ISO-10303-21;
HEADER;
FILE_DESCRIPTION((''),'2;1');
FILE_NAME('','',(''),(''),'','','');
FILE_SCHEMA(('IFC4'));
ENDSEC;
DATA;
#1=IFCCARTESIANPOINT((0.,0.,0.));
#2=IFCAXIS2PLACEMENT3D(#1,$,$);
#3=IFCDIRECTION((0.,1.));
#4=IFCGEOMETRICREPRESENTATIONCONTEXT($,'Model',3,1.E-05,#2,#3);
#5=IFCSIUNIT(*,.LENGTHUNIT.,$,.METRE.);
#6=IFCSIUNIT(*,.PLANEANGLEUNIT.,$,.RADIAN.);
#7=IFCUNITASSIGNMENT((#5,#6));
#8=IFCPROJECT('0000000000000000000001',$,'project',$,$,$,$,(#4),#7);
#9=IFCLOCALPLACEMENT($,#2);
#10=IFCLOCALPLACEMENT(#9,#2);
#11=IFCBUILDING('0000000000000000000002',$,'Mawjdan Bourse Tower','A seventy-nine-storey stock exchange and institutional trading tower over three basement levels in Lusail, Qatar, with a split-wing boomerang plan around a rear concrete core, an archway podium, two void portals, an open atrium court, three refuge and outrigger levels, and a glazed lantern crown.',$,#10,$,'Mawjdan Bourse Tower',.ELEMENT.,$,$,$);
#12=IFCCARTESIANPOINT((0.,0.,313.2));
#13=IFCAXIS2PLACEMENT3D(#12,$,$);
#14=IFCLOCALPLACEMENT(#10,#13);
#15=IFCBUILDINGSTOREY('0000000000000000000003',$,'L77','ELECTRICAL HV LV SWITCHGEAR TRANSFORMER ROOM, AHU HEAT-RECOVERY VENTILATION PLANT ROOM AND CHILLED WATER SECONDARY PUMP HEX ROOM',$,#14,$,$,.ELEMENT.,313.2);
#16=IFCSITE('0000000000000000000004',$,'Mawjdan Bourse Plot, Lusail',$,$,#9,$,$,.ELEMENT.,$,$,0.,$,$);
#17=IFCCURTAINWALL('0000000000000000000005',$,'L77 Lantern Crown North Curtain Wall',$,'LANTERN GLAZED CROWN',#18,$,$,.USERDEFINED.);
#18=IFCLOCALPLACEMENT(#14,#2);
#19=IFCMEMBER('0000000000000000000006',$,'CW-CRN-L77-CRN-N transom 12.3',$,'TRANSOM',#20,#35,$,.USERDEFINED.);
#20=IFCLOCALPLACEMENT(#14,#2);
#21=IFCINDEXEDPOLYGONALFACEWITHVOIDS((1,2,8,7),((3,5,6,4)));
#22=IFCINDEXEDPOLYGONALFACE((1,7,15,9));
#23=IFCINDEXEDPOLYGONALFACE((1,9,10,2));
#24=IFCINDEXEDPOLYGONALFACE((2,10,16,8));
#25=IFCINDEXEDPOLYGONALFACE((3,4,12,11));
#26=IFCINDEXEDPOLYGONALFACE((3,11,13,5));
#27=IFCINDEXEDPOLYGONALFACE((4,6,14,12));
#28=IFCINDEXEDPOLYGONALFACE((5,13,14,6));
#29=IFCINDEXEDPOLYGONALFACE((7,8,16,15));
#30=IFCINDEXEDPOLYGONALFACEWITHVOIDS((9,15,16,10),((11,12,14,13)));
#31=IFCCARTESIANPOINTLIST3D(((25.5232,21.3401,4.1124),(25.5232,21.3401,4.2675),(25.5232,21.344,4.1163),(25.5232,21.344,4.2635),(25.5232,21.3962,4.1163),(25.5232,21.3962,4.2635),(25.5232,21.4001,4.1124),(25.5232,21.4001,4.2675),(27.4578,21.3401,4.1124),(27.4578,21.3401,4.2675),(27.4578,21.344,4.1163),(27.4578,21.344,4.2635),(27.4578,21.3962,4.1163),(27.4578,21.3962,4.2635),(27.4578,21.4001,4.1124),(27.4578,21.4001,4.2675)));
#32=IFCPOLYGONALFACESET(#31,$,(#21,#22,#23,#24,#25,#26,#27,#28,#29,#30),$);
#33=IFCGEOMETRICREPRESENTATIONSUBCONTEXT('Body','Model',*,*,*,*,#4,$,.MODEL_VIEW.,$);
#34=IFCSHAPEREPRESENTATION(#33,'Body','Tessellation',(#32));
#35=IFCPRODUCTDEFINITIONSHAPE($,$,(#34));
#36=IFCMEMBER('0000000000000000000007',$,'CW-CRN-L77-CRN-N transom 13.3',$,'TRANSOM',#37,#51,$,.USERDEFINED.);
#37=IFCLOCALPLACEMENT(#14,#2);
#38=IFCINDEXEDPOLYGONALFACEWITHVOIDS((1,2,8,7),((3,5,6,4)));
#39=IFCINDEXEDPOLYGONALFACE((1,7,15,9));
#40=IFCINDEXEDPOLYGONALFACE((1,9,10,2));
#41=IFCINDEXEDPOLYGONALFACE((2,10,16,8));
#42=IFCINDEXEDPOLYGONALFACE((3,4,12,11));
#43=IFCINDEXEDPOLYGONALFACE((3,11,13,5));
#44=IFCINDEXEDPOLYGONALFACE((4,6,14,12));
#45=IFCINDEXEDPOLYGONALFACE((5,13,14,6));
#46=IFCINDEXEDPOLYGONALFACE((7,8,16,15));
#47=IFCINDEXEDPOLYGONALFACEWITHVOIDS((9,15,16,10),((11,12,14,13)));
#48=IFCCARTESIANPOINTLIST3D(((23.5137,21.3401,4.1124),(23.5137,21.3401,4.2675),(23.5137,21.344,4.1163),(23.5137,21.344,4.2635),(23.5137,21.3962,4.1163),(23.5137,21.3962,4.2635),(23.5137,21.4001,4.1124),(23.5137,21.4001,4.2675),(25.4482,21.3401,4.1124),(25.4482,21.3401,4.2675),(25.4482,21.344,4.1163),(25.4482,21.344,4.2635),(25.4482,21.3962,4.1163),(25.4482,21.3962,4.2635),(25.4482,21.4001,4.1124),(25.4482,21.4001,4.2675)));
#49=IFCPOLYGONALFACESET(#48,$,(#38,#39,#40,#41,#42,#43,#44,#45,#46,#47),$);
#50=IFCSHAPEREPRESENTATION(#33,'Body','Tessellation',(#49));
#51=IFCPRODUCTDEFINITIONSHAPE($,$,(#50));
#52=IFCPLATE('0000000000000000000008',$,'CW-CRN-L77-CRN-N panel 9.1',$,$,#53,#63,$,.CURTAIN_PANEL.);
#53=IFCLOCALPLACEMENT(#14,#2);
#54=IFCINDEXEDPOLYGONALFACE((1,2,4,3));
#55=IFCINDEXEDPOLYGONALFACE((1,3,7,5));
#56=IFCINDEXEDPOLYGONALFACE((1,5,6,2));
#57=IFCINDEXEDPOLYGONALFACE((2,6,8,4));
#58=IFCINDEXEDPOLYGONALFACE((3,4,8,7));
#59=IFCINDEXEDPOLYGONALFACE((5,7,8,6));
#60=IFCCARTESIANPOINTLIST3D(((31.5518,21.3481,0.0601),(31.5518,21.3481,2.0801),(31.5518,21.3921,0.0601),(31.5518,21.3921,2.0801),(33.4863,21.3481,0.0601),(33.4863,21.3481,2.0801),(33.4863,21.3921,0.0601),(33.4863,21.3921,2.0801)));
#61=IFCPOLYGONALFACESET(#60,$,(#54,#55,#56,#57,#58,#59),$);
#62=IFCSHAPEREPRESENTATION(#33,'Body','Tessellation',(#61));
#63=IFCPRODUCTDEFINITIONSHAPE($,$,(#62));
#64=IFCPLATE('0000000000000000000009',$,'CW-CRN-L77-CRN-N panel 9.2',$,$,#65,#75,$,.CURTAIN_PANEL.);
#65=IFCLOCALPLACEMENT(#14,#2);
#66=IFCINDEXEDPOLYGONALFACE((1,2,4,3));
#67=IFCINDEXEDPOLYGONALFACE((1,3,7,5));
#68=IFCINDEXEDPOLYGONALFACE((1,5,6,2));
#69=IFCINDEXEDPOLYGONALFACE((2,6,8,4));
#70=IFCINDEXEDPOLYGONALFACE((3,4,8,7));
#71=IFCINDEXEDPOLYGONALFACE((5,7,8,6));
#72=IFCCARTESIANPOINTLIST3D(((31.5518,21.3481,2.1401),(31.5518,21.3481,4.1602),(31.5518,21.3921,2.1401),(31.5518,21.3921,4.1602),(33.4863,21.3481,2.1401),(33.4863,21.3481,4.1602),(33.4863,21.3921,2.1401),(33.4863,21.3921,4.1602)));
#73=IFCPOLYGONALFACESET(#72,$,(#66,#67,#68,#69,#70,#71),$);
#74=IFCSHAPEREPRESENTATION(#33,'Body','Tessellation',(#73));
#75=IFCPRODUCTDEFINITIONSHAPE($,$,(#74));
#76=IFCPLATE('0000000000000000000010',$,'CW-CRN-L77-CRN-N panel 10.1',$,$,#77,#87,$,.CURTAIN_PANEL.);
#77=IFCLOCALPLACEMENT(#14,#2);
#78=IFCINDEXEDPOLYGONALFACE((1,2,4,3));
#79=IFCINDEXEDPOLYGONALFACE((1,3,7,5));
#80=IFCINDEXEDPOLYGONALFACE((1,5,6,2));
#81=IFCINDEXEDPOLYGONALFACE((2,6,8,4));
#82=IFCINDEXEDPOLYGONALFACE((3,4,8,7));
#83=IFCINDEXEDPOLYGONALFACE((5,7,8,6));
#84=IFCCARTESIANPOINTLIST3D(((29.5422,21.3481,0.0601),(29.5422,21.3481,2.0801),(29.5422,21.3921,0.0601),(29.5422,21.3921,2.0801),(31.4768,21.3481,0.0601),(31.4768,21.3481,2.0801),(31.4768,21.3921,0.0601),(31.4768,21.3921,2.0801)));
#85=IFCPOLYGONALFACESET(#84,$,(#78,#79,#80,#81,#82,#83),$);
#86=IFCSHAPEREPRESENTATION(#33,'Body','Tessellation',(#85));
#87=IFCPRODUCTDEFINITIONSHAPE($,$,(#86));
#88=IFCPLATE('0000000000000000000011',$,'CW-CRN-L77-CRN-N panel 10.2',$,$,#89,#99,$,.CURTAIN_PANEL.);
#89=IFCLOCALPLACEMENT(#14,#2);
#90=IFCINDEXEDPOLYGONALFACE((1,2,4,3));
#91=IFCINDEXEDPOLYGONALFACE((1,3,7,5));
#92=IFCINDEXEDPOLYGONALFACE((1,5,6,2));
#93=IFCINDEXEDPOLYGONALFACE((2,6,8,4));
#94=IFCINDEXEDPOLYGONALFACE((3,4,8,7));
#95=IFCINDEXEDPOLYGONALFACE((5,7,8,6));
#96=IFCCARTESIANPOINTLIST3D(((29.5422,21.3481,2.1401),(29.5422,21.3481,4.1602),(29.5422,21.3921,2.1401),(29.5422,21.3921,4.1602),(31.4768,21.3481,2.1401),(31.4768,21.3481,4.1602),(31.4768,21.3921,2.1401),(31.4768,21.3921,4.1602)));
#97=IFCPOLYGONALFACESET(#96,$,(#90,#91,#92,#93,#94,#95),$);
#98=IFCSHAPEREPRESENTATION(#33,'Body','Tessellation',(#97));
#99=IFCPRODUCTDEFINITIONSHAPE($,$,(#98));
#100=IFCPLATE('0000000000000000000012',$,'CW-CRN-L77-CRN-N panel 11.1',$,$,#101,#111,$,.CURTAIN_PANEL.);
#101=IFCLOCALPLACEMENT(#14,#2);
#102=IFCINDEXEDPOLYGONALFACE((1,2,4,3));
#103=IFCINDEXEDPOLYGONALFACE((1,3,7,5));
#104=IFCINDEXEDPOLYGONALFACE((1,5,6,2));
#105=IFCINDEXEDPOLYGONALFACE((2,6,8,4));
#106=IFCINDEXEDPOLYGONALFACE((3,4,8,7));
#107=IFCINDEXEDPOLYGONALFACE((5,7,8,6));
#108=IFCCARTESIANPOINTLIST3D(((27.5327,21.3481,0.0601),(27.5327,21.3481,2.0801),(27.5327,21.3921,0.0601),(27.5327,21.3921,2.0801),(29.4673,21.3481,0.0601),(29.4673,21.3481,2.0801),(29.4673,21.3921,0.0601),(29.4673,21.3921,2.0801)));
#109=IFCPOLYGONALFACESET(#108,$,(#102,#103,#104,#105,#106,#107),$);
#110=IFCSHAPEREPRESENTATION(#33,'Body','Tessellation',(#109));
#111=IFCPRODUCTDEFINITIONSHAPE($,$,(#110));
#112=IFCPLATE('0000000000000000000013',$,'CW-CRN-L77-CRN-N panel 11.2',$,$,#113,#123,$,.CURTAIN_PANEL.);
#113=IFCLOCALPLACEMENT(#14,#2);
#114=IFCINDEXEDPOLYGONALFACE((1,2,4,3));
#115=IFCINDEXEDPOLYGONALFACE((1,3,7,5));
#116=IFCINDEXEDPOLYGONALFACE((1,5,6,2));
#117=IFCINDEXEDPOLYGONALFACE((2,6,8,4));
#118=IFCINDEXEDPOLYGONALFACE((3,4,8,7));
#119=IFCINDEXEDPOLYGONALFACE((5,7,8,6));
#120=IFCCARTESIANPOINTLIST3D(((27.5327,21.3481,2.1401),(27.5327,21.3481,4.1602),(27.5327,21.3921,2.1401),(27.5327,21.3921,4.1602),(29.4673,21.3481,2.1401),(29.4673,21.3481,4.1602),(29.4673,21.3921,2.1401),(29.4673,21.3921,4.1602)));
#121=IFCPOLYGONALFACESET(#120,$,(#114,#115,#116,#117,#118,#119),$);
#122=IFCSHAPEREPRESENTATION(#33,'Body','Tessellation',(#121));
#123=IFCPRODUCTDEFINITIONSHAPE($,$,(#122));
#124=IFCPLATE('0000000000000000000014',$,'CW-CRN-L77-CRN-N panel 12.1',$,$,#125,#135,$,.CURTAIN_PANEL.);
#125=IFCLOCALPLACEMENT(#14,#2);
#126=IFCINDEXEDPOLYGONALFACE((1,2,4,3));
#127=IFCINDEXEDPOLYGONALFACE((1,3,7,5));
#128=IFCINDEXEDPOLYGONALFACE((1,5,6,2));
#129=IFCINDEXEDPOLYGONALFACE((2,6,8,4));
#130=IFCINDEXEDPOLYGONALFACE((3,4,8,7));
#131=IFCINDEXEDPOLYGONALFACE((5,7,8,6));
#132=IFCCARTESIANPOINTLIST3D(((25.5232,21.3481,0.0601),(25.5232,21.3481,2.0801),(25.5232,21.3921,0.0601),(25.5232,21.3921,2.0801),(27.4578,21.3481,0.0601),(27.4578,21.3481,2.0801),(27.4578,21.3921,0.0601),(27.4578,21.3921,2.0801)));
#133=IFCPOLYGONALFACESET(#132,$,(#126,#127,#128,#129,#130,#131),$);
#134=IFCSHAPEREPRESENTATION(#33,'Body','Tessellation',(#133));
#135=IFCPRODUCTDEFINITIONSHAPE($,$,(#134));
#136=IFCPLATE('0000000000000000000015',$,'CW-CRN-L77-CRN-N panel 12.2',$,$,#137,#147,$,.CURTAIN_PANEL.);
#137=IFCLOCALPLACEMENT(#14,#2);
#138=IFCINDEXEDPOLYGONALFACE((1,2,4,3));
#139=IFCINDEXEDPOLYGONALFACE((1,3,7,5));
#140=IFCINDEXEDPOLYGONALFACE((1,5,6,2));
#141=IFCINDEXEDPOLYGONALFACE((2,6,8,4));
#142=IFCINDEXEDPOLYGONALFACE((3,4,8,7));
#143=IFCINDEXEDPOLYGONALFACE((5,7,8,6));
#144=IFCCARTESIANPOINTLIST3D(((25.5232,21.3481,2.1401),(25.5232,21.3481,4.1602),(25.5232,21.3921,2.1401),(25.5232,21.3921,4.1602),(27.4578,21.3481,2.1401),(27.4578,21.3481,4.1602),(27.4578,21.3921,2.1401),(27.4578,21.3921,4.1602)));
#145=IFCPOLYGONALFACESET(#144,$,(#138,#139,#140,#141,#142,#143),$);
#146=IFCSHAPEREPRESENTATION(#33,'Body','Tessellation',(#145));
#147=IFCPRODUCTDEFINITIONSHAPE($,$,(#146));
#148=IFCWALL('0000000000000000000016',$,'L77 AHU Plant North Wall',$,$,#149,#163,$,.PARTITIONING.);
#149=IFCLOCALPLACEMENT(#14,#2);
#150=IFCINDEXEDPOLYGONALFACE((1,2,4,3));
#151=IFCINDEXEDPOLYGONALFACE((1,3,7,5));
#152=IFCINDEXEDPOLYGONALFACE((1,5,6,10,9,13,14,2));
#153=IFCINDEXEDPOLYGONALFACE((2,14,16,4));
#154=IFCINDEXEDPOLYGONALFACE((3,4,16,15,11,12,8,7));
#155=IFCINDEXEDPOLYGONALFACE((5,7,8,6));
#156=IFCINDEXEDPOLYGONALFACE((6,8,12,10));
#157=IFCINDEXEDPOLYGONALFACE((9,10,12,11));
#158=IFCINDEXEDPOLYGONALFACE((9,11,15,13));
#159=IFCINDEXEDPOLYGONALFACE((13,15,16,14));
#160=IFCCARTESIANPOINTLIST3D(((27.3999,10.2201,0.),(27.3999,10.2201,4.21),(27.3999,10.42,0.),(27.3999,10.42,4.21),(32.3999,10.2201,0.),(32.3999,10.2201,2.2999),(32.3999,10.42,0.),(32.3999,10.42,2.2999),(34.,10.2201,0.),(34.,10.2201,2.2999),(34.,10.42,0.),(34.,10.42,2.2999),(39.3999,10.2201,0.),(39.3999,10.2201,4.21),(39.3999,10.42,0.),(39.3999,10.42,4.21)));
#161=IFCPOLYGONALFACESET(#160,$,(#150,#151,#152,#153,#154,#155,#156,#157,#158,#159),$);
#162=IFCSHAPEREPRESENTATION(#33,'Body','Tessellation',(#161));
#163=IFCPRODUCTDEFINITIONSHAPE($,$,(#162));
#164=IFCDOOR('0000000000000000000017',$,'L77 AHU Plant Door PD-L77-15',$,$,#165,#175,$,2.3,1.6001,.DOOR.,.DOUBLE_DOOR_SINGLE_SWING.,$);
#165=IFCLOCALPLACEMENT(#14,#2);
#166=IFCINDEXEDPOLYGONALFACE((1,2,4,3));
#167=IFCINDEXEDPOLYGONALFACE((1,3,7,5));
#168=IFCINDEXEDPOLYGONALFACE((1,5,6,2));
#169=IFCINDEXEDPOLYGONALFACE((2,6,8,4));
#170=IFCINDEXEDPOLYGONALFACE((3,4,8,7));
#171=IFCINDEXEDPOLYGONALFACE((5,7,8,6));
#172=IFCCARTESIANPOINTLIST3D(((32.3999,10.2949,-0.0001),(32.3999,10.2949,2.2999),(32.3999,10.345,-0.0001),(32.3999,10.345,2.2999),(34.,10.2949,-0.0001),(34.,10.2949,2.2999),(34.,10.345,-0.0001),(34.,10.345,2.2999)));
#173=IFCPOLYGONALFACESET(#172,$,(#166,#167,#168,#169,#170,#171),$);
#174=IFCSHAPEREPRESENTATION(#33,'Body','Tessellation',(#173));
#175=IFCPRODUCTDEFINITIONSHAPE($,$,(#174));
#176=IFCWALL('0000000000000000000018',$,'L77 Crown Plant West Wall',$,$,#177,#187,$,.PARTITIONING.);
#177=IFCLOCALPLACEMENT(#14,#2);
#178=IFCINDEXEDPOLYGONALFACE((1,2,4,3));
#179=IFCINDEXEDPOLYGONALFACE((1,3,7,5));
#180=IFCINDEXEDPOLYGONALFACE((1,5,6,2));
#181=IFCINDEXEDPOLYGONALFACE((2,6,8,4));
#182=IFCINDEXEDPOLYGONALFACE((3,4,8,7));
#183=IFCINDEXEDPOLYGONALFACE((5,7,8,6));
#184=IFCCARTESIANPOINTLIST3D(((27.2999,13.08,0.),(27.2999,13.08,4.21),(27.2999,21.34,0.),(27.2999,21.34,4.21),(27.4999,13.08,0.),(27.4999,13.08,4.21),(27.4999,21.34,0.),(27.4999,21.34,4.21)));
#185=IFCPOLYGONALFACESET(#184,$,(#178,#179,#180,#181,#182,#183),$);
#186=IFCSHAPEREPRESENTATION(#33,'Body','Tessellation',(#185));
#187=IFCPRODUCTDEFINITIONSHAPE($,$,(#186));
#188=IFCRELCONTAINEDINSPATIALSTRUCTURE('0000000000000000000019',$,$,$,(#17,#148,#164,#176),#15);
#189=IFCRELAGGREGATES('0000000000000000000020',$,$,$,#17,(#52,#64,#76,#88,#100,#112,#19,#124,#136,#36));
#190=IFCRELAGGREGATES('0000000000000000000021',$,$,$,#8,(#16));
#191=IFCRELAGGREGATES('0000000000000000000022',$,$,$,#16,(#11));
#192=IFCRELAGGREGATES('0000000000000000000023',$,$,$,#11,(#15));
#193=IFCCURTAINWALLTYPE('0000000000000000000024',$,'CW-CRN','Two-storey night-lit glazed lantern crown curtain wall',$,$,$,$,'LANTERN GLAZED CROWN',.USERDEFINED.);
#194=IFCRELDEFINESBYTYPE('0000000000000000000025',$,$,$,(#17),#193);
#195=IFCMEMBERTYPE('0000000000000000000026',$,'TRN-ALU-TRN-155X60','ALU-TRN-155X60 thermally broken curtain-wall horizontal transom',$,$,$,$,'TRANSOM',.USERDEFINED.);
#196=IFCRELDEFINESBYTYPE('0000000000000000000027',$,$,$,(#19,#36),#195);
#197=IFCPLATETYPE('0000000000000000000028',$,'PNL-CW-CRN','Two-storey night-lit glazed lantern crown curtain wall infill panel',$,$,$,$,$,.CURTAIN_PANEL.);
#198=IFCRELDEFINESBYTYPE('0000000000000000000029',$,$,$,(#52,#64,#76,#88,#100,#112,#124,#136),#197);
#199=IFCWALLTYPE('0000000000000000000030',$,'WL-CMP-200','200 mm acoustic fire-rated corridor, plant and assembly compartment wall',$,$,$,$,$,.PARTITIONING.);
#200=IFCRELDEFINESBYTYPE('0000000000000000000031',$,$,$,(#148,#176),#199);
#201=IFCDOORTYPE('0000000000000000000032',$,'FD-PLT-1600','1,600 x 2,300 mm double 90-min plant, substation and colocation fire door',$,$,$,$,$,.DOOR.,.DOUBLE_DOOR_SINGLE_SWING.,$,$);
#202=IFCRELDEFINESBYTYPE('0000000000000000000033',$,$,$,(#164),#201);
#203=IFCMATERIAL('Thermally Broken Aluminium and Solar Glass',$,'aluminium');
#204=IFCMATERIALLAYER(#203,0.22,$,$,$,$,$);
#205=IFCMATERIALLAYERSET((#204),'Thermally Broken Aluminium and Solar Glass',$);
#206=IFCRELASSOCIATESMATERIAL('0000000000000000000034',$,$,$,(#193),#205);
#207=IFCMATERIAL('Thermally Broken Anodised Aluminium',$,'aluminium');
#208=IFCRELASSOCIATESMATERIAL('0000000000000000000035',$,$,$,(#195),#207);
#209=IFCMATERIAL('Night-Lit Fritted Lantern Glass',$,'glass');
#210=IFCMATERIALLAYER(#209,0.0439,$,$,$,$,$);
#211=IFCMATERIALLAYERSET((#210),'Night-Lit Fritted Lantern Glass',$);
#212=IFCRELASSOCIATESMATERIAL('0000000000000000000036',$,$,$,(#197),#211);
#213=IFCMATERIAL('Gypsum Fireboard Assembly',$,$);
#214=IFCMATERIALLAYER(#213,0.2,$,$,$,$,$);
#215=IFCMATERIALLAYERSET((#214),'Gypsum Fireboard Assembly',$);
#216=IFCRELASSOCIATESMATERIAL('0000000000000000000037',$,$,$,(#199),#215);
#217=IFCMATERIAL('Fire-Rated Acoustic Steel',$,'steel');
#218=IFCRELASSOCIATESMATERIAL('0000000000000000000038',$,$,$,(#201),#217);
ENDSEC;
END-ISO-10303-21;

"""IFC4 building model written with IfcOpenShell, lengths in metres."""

from ifc_helpers import new_model, si_unit, direction, frame, frame_2d, origin, origin_2d, place, context, subcontext, project, spatial, rectangle, hollow_rectangle, extrude, material, layer, layer_set, material_profile, profile_set, type_object, element, fill, aggregate, save


model = new_model("IFC4")

# Units and contexts
model_context = context("Model", 3, precision=1e-05, world=origin(), true_north=direction((0.0, 1.0)))
body_context = subcontext(model_context, "Body", "Model", "MODEL_VIEW")
ifc_project = project(units=[si_unit("LENGTHUNIT", "METRE"), si_unit("PLANEANGLEUNIT", "RADIAN")], contexts=[model_context])

# Site, building, storey
site_placement = place(None, origin())
site = spatial("IfcSite", under=ifc_project, at=site_placement, Name="Mawjdan Bourse Plot, Lusail", CompositionType="ELEMENT", RefElevation=0.0)
building_placement = place(site_placement, origin())
building = spatial("IfcBuilding", under=site, at=building_placement, Name="Mawjdan Bourse Tower", Description="A seventy-nine-storey stock exchange and institutional trading tower over three basement levels in Lusail, Qatar, with a split-wing boomerang plan around a rear concrete core, an archway podium, two void portals, an open atrium court, three refuge and outrigger levels, and a glazed lantern crown.", LongName="Mawjdan Bourse Tower", CompositionType="ELEMENT")
storey_placement = place(building_placement, frame((0.0, 0.0, 313.2)))
storey = spatial("IfcBuildingStorey", under=building, at=storey_placement, Name="L77", Description="ELECTRICAL HV LV SWITCHGEAR TRANSFORMER ROOM, AHU HEAT-RECOVERY VENTILATION PLANT ROOM AND CHILLED WATER SECONDARY PUMP HEX ROOM", CompositionType="ELEMENT", Elevation=313.2)

# Curtain wall
ifc_material_1 = material(Name="Thermally Broken Aluminium and Solar Glass", Category="aluminium")
ifc_layer_1 = layer(ifc_material_1, 0.22)
ifc_layer_set_1 = layer_set([ifc_layer_1], Name="Thermally Broken Aluminium and Solar Glass")
curtain_wall_type = type_object("IfcCurtainWallType", Name="CW-CRN", Description="Two-storey night-lit glazed lantern crown curtain wall", ElementType="LANTERN GLAZED CROWN", PredefinedType="USERDEFINED", material=ifc_layer_set_1)
curtain_wall_placement = place(storey_placement, origin())
curtain_wall = element("IfcCurtainWall", 1, at=curtain_wall_placement, inside=storey, type_object=curtain_wall_type, Name="L77 Lantern Crown North Curtain Wall", ObjectType="LANTERN GLAZED CROWN", PredefinedType="USERDEFINED")
ifc_material_2 = material(Name="Thermally Broken Anodised Aluminium", Category="aluminium")

# Members
ifc_material_profile_1 = material_profile(ifc_material_2, hollow_rectangle(XDim=0.0601, YDim=0.155, WallThickness=0.0039, at=origin_2d()), Name="ALU-TRN-155X60")
ifc_profile_set_1 = profile_set([ifc_material_profile_1], Name="Thermally Broken Anodised Aluminium")
member_type_1 = type_object("IfcMemberType", Name="TRN-ALU-TRN-155X60", Description="ALU-TRN-155X60 thermally broken curtain-wall horizontal transom", ElementType="TRANSOM", PredefinedType="USERDEFINED", material=ifc_profile_set_1)
member_1_placement = place(storey_placement, frame((27.4578, 21.3701, 4.1899), z_axis=(-1.0, 0.0, 0.0), x_axis=(0.0, -1.0, 0.0)))
member_1 = element("IfcMember", 2, at=member_1_placement, type_object=member_type_1, Name="CW-CRN-L77-CRN-N transom 12.3", ObjectType="TRANSOM", PredefinedType="USERDEFINED", context=body_context, shape_type="SweptSolid", body=[
    extrude(hollow_rectangle(XDim=0.0601, YDim=0.155, WallThickness=0.0039, at=origin_2d()), origin(), (0.0, 0.0, 1.0), 1.9346),
])
member_2_placement = place(storey_placement, frame((25.4482, 21.3701, 4.1899), z_axis=(-1.0, 0.0, 0.0), x_axis=(0.0, -1.0, 0.0)))
member_2 = element("IfcMember", 3, at=member_2_placement, type_object=member_type_1, Name="CW-CRN-L77-CRN-N transom 13.3", ObjectType="TRANSOM", PredefinedType="USERDEFINED", context=body_context, shape_type="SweptSolid", body=[
    extrude(hollow_rectangle(XDim=0.0601, YDim=0.155, WallThickness=0.0039, at=origin_2d()), origin(), (0.0, 0.0, 1.0), 1.9346),
])

# Plates
ifc_material_3 = material(Name="Night-Lit Fritted Lantern Glass", Category="glass")
ifc_layer_2 = layer(ifc_material_3, 0.0439)
ifc_layer_set_2 = layer_set([ifc_layer_2], Name="Night-Lit Fritted Lantern Glass")
plate_type = type_object("IfcPlateType", Name="PNL-CW-CRN", Description="Two-storey night-lit glazed lantern crown curtain wall infill panel", PredefinedType="CURTAIN_PANEL", material=ifc_layer_set_2)
plate_1_placement = place(storey_placement, frame((32.519, 21.3701, 0.0601), z_axis=(0.0, 0.0, 1.0), x_axis=(-1.0, 0.0, 0.0)))
plate_1 = element("IfcPlate", 4, at=plate_1_placement, type_object=plate_type, Name="CW-CRN-L77-CRN-N panel 9.1", PredefinedType="CURTAIN_PANEL", context=body_context, shape_type="SweptSolid", body=[
    extrude(rectangle(XDim=1.9346, YDim=0.0439, at=origin_2d()), origin(), (0.0, 0.0, 1.0), 2.02),
])
plate_2_placement = place(storey_placement, frame((32.519, 21.3701, 2.1401), z_axis=(0.0, 0.0, 1.0), x_axis=(-1.0, 0.0, 0.0)))
plate_2 = element("IfcPlate", 5, at=plate_2_placement, type_object=plate_type, Name="CW-CRN-L77-CRN-N panel 9.2", PredefinedType="CURTAIN_PANEL", context=body_context, shape_type="SweptSolid", body=[
    extrude(rectangle(XDim=1.9346, YDim=0.0439, at=origin_2d()), origin(), (0.0, 0.0, 1.0), 2.02),
])
plate_3_placement = place(storey_placement, frame((30.5095, 21.3701, 0.0601), z_axis=(0.0, 0.0, 1.0), x_axis=(-1.0, 0.0, 0.0)))
plate_3 = element("IfcPlate", 6, at=plate_3_placement, type_object=plate_type, Name="CW-CRN-L77-CRN-N panel 10.1", PredefinedType="CURTAIN_PANEL", context=body_context, shape_type="SweptSolid", body=[
    extrude(rectangle(XDim=1.9346, YDim=0.0439, at=origin_2d()), origin(), (0.0, 0.0, 1.0), 2.02),
])
plate_4_placement = place(storey_placement, frame((30.5095, 21.3701, 2.1401), z_axis=(0.0, 0.0, 1.0), x_axis=(-1.0, 0.0, 0.0)))
plate_4 = element("IfcPlate", 7, at=plate_4_placement, type_object=plate_type, Name="CW-CRN-L77-CRN-N panel 10.2", PredefinedType="CURTAIN_PANEL", context=body_context, shape_type="SweptSolid", body=[
    extrude(rectangle(XDim=1.9346, YDim=0.0439, at=origin_2d()), origin(), (0.0, 0.0, 1.0), 2.02),
])
plate_5_placement = place(storey_placement, frame((28.5, 21.3701, 0.0601), z_axis=(0.0, 0.0, 1.0), x_axis=(-1.0, 0.0, 0.0)))
plate_5 = element("IfcPlate", 8, at=plate_5_placement, type_object=plate_type, Name="CW-CRN-L77-CRN-N panel 11.1", PredefinedType="CURTAIN_PANEL", context=body_context, shape_type="SweptSolid", body=[
    extrude(rectangle(XDim=1.9346, YDim=0.0439, at=origin_2d()), origin(), (0.0, 0.0, 1.0), 2.02),
])
plate_6_placement = place(storey_placement, frame((28.5, 21.3701, 2.1401), z_axis=(0.0, 0.0, 1.0), x_axis=(-1.0, 0.0, 0.0)))
plate_6 = element("IfcPlate", 9, at=plate_6_placement, type_object=plate_type, Name="CW-CRN-L77-CRN-N panel 11.2", PredefinedType="CURTAIN_PANEL", context=body_context, shape_type="SweptSolid", body=[
    extrude(rectangle(XDim=1.9346, YDim=0.0439, at=origin_2d()), origin(), (0.0, 0.0, 1.0), 2.02),
])
plate_7_placement = place(storey_placement, frame((26.4905, 21.3701, 0.0601), z_axis=(0.0, 0.0, 1.0), x_axis=(-1.0, 0.0, 0.0)))
plate_7 = element("IfcPlate", 10, at=plate_7_placement, type_object=plate_type, Name="CW-CRN-L77-CRN-N panel 12.1", PredefinedType="CURTAIN_PANEL", context=body_context, shape_type="SweptSolid", body=[
    extrude(rectangle(XDim=1.9346, YDim=0.0439, at=origin_2d()), origin(), (0.0, 0.0, 1.0), 2.02),
])
plate_8_placement = place(storey_placement, frame((26.4905, 21.3701, 2.1401), z_axis=(0.0, 0.0, 1.0), x_axis=(-1.0, 0.0, 0.0)))
plate_8 = element("IfcPlate", 11, at=plate_8_placement, type_object=plate_type, Name="CW-CRN-L77-CRN-N panel 12.2", PredefinedType="CURTAIN_PANEL", context=body_context, shape_type="SweptSolid", body=[
    extrude(rectangle(XDim=1.9346, YDim=0.0439, at=origin_2d()), origin(), (0.0, 0.0, 1.0), 2.02),
])
aggregate(curtain_wall, [plate_1, plate_2, plate_3, plate_4, plate_5, plate_6, member_1, plate_7, plate_8, member_2])

# Wall, opening, door
ifc_material_4 = material(Name="Gypsum Fireboard Assembly")
ifc_layer_3 = layer(ifc_material_4, 0.2)
ifc_layer_set_3 = layer_set([ifc_layer_3], Name="Gypsum Fireboard Assembly")
wall_type = type_object("IfcWallType", Name="WL-CMP-200", Description="200 mm acoustic fire-rated corridor, plant and assembly compartment wall", PredefinedType="PARTITIONING", material=ifc_layer_set_3)
wall_1_placement = place(storey_placement, frame((27.3999, 10.3201, 0.0), z_axis=(0.0, 0.0, 1.0), x_axis=(1.0, 0.0, 0.0)))
wall_1 = element("IfcWall", 12, at=wall_1_placement, inside=storey, type_object=wall_type, Name="L77 AHU Plant North Wall", PredefinedType="PARTITIONING", context=body_context, shape_type="SweptSolid", body=[
    extrude(rectangle(XDim=12.0, YDim=0.2, at=frame_2d((6.0, 0.0))), origin(), (0.0, 0.0, 1.0), 4.21),
])
opening_1_placement = place(wall_1_placement, frame((5.0, 0.0, 0.0)))
opening_1 = element("IfcOpeningElement", 13, at=opening_1_placement, cuts=wall_1, PredefinedType="OPENING", context=body_context, shape_type="SweptSolid", body=[
    extrude(rectangle(XDim=1.6001, YDim=2.3, at=frame_2d((0.8, 1.1499))), frame((0.0, 0.1099, 0.0), z_axis=(0.0, -1.0, 0.0), x_axis=(1.0, 0.0, 0.0)), (0.0, 0.0, 1.0), 0.22),
])
ifc_material_5 = material(Name="Fire-Rated Acoustic Steel", Category="steel")
door_type = type_object("IfcDoorType", Name="FD-PLT-1600", Description="1,600 x 2,300 mm double 90-min plant, substation and colocation fire door", OperationType="DOUBLE_DOOR_SINGLE_SWING", PredefinedType="DOOR", material=ifc_material_5)
door_1_placement = place(opening_1_placement, origin())
door_1 = element("IfcDoor", 14, at=door_1_placement, inside=storey, type_object=door_type, Name="L77 AHU Plant Door PD-L77-15", OperationType="DOUBLE_DOOR_SINGLE_SWING", OverallHeight=2.3, OverallWidth=1.6001, PredefinedType="DOOR", context=body_context, shape_type="SweptSolid", body=[
    extrude(rectangle(XDim=1.6001, YDim=2.3, at=frame_2d((0.8, 1.1499))), frame((0.0, 0.0249, 0.0), z_axis=(0.0, -1.0, 0.0), x_axis=(1.0, 0.0, 0.0)), (0.0, 0.0, 1.0), 0.05),
])
fill(opening_1, door_1)

# Wall
wall_2_placement = place(storey_placement, frame((27.3999, 13.0801, 0.0), z_axis=(0.0, 0.0, 1.0), x_axis=(0.0, 1.0, 0.0)))
element("IfcWall", 15, at=wall_2_placement, inside=storey, type_object=wall_type, Name="L77 Crown Plant West Wall", PredefinedType="PARTITIONING", context=body_context, shape_type="SweptSolid", body=[
    extrude(rectangle(XDim=8.26, YDim=0.2, at=frame_2d((4.1299, 0.0))), origin(), (0.0, 0.0, 1.0), 4.21),
])

save(model, "model.ifc")
